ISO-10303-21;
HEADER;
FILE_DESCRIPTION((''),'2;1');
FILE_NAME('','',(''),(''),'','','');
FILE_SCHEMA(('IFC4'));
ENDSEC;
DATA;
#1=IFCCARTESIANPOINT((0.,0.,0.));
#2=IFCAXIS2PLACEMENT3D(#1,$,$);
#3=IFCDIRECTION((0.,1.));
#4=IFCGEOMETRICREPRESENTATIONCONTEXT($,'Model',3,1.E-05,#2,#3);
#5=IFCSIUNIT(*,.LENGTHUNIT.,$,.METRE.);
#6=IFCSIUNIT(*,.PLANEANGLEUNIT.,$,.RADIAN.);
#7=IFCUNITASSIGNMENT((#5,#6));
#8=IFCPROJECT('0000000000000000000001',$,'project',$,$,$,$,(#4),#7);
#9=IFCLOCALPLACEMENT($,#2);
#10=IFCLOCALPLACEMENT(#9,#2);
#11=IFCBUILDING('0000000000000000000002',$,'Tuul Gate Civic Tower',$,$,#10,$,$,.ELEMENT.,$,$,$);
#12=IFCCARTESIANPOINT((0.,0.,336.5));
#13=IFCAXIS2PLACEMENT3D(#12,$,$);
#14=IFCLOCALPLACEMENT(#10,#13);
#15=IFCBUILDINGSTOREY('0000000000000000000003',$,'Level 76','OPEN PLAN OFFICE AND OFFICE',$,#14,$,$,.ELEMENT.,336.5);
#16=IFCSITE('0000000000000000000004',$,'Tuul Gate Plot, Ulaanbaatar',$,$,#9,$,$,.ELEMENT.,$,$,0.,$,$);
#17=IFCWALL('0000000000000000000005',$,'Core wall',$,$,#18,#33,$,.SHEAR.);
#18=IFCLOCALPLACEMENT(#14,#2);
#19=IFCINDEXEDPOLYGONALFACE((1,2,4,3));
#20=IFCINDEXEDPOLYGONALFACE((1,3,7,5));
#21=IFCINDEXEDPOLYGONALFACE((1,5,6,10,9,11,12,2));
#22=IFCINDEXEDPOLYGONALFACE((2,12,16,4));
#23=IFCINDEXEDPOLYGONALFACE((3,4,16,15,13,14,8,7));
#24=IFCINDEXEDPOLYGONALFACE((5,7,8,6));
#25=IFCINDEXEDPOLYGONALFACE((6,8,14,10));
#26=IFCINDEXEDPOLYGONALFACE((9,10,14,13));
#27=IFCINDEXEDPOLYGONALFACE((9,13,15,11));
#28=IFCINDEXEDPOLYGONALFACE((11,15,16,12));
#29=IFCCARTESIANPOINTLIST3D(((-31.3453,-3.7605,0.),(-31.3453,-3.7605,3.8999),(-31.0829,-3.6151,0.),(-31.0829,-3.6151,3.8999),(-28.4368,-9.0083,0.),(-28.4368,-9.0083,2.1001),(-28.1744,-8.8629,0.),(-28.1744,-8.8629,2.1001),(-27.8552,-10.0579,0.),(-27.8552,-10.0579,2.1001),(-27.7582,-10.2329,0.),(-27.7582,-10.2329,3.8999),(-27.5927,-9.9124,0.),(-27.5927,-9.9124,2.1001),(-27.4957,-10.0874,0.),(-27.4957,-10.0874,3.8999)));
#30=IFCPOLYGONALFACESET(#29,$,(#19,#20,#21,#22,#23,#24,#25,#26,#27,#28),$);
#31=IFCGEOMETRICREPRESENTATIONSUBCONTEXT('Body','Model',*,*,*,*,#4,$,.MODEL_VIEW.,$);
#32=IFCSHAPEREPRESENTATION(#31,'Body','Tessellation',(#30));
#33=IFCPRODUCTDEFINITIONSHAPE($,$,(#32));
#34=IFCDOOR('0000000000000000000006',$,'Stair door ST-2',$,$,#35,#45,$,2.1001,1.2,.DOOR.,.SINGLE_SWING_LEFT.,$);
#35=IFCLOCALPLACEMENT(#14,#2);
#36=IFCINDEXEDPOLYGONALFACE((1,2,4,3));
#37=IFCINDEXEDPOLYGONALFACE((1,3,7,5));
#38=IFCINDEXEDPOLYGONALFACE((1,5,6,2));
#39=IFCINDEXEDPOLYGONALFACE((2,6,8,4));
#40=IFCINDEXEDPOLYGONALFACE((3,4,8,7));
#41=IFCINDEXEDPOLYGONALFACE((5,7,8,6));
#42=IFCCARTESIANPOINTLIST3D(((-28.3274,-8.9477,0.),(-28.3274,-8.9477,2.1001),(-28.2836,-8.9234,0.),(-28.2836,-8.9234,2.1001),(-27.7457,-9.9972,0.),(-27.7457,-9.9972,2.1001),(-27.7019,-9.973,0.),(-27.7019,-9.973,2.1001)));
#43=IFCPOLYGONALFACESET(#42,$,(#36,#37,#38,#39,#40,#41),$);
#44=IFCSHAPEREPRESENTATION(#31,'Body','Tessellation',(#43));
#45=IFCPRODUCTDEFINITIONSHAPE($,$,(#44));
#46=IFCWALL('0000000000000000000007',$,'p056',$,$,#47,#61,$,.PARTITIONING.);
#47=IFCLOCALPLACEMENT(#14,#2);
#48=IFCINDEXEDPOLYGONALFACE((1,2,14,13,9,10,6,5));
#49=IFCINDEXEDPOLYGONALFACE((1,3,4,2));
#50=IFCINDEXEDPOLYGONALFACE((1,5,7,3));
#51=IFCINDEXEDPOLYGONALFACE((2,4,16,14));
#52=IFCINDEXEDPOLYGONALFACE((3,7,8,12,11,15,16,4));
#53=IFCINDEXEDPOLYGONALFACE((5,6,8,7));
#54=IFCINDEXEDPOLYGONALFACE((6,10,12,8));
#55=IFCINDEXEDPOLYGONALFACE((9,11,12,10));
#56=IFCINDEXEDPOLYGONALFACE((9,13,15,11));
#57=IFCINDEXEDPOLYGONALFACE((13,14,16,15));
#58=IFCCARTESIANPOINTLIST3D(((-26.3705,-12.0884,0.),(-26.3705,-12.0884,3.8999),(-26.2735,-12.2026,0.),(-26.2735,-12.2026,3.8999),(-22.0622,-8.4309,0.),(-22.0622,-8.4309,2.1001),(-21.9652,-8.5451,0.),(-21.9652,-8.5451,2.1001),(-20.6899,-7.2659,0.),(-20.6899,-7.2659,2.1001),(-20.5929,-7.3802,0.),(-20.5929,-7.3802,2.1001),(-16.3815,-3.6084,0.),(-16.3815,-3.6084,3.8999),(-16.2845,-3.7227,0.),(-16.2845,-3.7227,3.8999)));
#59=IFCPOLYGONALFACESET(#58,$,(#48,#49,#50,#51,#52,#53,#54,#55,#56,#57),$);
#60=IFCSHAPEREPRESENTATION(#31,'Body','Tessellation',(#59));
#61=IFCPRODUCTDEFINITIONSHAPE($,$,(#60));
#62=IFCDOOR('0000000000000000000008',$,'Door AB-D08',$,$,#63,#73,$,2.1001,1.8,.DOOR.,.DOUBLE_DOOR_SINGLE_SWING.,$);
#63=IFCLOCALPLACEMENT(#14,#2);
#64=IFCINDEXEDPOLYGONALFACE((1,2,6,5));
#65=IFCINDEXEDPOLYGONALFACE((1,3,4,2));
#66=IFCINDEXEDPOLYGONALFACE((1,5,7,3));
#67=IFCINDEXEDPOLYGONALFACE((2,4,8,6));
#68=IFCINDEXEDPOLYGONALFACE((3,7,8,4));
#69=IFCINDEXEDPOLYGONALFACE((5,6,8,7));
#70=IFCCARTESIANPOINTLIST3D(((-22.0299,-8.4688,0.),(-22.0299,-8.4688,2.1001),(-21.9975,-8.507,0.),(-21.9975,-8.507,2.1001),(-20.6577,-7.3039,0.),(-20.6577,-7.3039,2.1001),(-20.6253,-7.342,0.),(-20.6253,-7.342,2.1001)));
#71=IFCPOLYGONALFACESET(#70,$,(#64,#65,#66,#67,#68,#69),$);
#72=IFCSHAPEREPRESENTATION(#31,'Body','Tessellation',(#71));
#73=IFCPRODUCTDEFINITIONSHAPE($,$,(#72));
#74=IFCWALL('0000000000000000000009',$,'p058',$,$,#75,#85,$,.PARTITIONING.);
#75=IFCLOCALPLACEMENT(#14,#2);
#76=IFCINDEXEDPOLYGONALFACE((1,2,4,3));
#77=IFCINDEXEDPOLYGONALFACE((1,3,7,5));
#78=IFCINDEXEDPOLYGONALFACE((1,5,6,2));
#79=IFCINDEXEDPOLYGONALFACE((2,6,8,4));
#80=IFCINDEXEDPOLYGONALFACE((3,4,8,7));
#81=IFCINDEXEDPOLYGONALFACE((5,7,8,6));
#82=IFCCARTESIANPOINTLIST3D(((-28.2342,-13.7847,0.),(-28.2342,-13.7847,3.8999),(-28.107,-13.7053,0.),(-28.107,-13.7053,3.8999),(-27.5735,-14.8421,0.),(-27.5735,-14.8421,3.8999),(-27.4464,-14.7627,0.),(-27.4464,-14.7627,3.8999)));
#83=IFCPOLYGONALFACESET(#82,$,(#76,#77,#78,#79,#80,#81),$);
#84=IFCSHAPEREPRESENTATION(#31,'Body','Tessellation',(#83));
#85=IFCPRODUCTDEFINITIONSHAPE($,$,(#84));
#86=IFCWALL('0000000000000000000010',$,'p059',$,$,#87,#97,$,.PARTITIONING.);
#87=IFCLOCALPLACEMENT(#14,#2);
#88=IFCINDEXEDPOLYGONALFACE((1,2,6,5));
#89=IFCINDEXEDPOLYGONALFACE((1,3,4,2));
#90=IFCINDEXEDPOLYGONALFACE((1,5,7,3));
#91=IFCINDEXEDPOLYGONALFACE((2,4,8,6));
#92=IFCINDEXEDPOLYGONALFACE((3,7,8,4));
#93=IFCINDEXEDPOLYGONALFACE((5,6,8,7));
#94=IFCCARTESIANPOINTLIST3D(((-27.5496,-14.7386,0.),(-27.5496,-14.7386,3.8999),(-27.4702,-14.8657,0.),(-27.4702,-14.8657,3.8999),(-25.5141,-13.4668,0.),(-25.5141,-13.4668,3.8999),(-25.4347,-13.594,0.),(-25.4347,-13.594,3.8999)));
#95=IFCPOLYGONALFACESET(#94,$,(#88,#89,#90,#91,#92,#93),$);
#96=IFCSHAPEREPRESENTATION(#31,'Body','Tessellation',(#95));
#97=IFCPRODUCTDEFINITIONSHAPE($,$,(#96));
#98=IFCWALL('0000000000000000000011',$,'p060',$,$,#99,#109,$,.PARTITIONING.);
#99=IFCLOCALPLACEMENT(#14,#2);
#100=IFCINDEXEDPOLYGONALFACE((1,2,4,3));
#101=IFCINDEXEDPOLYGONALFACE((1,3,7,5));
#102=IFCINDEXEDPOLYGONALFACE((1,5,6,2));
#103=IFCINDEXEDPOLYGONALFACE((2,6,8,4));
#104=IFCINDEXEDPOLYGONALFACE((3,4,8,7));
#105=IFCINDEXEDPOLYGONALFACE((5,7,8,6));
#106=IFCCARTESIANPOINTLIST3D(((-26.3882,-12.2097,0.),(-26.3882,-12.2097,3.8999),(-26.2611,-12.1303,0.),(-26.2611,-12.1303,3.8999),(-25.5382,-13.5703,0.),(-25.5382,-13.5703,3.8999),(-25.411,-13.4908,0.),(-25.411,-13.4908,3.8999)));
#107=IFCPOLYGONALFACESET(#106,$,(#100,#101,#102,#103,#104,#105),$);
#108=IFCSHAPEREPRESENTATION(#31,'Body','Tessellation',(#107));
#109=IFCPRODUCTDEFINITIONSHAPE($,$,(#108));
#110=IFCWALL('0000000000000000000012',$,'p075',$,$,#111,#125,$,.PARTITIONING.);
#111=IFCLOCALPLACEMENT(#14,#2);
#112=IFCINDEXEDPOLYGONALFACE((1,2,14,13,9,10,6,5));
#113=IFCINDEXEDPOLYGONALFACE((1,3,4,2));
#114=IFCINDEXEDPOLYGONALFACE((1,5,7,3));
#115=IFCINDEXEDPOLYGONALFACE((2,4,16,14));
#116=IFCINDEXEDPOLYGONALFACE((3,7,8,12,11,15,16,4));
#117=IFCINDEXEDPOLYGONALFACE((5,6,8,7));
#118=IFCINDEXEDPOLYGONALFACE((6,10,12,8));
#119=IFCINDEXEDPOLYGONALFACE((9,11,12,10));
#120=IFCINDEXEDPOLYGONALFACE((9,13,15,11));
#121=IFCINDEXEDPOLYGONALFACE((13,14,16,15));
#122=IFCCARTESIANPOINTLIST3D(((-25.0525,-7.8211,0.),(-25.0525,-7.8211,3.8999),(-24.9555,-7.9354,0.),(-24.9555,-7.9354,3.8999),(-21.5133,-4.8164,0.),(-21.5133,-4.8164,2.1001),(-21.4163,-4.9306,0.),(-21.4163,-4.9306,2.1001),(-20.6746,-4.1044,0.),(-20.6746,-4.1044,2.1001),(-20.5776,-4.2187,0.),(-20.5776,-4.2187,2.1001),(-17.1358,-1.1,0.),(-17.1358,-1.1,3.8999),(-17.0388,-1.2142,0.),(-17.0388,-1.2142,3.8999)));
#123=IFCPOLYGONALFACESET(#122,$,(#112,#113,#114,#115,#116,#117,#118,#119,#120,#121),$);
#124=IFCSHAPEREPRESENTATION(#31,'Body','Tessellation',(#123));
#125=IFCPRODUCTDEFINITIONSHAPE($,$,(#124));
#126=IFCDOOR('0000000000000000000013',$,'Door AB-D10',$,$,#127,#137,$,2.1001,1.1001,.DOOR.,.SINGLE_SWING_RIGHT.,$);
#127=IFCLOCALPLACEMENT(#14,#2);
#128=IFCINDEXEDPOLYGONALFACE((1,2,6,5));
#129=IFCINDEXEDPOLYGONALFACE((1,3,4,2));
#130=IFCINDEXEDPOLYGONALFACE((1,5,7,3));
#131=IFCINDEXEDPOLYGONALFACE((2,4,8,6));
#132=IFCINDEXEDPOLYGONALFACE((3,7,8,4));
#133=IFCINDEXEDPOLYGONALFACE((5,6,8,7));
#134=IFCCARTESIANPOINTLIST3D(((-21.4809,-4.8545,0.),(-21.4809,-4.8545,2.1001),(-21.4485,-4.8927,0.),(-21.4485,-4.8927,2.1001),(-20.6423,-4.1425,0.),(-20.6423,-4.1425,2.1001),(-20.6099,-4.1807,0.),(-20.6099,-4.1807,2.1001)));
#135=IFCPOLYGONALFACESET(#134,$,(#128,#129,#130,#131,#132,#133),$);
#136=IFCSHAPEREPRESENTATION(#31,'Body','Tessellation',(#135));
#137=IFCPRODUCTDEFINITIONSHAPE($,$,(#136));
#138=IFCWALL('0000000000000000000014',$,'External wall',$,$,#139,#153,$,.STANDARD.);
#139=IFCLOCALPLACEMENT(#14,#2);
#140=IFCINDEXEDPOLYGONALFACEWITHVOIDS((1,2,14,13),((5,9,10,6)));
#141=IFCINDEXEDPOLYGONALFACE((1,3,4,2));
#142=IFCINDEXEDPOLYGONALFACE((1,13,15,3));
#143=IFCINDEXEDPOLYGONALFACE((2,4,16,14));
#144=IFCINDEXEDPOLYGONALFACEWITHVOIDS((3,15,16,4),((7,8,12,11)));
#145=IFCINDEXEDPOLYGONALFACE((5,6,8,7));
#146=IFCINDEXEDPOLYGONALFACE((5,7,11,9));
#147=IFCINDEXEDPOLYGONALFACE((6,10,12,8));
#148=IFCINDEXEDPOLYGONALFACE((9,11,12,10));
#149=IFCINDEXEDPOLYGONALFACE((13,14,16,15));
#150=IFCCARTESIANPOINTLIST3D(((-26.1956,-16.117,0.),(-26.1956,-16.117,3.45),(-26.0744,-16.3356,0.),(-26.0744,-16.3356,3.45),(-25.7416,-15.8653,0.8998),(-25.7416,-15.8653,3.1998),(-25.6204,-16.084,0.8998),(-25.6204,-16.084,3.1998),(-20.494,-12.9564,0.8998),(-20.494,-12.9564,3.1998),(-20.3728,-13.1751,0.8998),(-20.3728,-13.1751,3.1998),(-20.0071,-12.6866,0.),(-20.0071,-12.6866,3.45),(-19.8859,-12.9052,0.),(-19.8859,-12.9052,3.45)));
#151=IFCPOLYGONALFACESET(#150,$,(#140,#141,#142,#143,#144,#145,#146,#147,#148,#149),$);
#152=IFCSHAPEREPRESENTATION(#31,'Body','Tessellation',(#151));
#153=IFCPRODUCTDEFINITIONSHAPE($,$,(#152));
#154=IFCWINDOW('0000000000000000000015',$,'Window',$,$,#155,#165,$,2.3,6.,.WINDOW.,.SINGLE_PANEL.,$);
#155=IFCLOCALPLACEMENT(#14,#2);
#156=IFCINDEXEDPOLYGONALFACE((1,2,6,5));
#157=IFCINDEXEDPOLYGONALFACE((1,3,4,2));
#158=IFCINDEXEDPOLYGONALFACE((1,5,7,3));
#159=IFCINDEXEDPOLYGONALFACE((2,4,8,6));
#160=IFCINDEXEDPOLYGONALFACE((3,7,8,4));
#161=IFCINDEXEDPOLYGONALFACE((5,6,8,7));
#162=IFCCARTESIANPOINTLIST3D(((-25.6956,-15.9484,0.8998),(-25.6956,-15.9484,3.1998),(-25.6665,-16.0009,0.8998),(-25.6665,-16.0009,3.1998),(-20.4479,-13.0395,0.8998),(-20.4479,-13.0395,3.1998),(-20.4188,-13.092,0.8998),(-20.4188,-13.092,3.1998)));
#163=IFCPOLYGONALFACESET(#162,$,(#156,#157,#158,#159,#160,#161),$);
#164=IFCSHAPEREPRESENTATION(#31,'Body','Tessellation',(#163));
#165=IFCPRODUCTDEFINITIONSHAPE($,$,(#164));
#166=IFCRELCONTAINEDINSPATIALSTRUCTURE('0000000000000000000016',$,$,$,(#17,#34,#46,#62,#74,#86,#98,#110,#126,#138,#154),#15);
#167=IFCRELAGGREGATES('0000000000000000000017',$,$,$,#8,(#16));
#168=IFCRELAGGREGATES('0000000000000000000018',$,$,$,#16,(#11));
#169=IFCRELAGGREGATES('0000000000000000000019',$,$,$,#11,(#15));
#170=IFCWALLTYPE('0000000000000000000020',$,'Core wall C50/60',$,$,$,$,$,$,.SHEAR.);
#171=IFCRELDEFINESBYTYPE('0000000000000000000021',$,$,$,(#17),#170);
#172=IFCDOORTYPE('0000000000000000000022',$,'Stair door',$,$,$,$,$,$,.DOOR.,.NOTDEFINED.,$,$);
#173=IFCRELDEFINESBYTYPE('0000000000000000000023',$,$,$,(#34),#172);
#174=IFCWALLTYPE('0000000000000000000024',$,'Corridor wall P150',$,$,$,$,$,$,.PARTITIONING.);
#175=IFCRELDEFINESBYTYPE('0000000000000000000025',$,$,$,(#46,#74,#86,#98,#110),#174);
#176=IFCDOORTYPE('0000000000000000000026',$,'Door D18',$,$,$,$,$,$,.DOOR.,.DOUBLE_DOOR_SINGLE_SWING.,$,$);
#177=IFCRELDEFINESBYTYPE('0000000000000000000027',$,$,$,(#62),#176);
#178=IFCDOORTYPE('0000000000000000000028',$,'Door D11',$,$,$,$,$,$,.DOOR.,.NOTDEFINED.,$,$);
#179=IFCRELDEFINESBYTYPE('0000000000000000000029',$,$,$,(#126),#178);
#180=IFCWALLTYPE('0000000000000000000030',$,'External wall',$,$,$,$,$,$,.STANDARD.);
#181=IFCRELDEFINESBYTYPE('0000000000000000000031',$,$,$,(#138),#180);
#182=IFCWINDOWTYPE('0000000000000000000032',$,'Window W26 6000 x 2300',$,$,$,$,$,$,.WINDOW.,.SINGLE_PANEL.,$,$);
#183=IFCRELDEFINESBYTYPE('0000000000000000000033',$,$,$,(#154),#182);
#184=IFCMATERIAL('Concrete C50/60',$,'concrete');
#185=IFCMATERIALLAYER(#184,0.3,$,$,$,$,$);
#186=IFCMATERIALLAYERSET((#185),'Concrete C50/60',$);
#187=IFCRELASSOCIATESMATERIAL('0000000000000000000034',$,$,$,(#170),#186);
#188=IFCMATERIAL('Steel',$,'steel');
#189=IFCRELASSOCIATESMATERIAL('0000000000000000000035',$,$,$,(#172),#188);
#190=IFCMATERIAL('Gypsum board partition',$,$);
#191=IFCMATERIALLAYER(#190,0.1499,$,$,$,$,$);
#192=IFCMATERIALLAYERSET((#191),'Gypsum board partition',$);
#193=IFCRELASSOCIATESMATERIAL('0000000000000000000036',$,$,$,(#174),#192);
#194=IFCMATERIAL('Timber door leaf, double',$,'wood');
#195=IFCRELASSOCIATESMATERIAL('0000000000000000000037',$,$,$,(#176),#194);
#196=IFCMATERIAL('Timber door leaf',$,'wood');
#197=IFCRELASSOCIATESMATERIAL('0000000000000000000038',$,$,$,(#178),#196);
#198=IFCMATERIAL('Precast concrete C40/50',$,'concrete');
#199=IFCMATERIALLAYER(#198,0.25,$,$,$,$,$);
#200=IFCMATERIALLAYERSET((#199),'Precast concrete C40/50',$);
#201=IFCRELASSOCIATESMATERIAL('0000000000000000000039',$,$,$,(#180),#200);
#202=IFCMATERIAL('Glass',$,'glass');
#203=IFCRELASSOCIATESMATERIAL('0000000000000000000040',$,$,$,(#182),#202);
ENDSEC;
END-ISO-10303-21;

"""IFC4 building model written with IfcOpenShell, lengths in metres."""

from ifc_helpers import new_model, si_unit, direction, frame, frame_2d, origin, place, context, subcontext, project, spatial, rectangle, extrude, material, layer, layer_set, type_object, element, fill, save


model = new_model("IFC4")

# Units and contexts
model_context = context("Model", 3, precision=1e-05, world=origin(), true_north=direction((0.0, 1.0)))
body_context = subcontext(model_context, "Body", "Model", "MODEL_VIEW")
ifc_project = project(units=[si_unit("LENGTHUNIT", "METRE"), si_unit("PLANEANGLEUNIT", "RADIAN")], contexts=[model_context])

# Site, building, storey
site_placement = place(None, origin())
site = spatial("IfcSite", under=ifc_project, at=site_placement, Name="Tuul Gate Plot, Ulaanbaatar", CompositionType="ELEMENT", RefElevation=0.0)
building_placement = place(site_placement, origin())
building = spatial("IfcBuilding", under=site, at=building_placement, Name="Tuul Gate Civic Tower", CompositionType="ELEMENT")
storey_placement = place(building_placement, frame((0.0, 0.0, 336.5)))
storey = spatial("IfcBuildingStorey", under=building, at=storey_placement, Name="Level 76", Description="OPEN PLAN OFFICE AND OFFICE", CompositionType="ELEMENT", Elevation=336.5)

# Shared definitions
ifc_material_1 = material(Name="Concrete C50/60", Category="concrete")
ifc_layer_1 = layer(ifc_material_1, 0.3)
ifc_layer_set_1 = layer_set([ifc_layer_1], Name="Concrete C50/60")
wall_type_1 = type_object("IfcWallType", Name="Core wall C50/60", PredefinedType="SHEAR", material=ifc_layer_set_1)

# Walls, openings, doors
wall_1_placement = place(storey_placement, frame((-27.627, -10.1602, 0.0), z_axis=(0.0, 0.0, 1.0), x_axis=(-0.484752, 0.874652, 0.0)))
wall_1 = element("IfcWall", 1, at=wall_1_placement, inside=storey, type_object=wall_type_1, Name="Core wall", PredefinedType="SHEAR", context=body_context, shape_type="SweptSolid", body=[
    extrude(rectangle(XDim=7.3999, YDim=0.3, at=frame_2d((3.7, 0.0))), origin(), (0.0, 0.0, 1.0), 3.8999),
])
opening_1_placement = place(wall_1_placement, frame((0.2, 0.0, 0.0)))
opening_1 = element("IfcOpeningElement", 2, at=opening_1_placement, cuts=wall_1, PredefinedType="OPENING", context=body_context, shape_type="SweptSolid", body=[
    extrude(rectangle(XDim=1.2, YDim=2.1001, at=frame_2d((0.6001, 1.05))), frame((0.0, 0.1602, 0.0), z_axis=(0.0, -1.0, 0.0), x_axis=(1.0, 0.0, 0.0)), (0.0, 0.0, 1.0), 0.3201),
])
ifc_material_2 = material(Name="Steel", Category="steel")
door_type_1 = type_object("IfcDoorType", Name="Stair door", OperationType="NOTDEFINED", PredefinedType="DOOR", material=ifc_material_2)
door_1_placement = place(opening_1_placement, origin())
door_1 = element("IfcDoor", 3, at=door_1_placement, inside=storey, type_object=door_type_1, Name="Stair door ST-2", OperationType="SINGLE_SWING_LEFT", OverallHeight=2.1001, OverallWidth=1.2, PredefinedType="DOOR", context=body_context, shape_type="SweptSolid", body=[
    extrude(rectangle(XDim=1.2, YDim=2.1001, at=frame_2d((0.6001, 1.05))), frame((0.0, 0.0249, 0.0), z_axis=(0.0, -1.0, 0.0), x_axis=(1.0, 0.0, 0.0)), (0.0, 0.0, 1.0), 0.05),
])
fill(opening_1, door_1)
ifc_material_3 = material(Name="Gypsum board partition")
ifc_layer_2 = layer(ifc_material_3, 0.1499)
ifc_layer_set_2 = layer_set([ifc_layer_2], Name="Gypsum board partition")
wall_type_2 = type_object("IfcWallType", Name="Corridor wall P150", PredefinedType="PARTITIONING", material=ifc_layer_set_2)
wall_2_placement = place(storey_placement, frame((-26.322, -12.1455, 0.0), z_axis=(0.0, 0.0, 1.0), x_axis=(0.762341, 0.647175, 0.0)))
wall_2 = element("IfcWall", 4, at=wall_2_placement, inside=storey, type_object=wall_type_2, Name="p056", PredefinedType="PARTITIONING", context=body_context, shape_type="SweptSolid", body=[
    extrude(rectangle(XDim=13.103, YDim=0.1499, at=frame_2d((6.5515, 0.0))), origin(), (0.0, 0.0, 1.0), 3.8999),
])
opening_2_placement = place(wall_2_placement, frame((5.6516, 0.0, 0.0)))
opening_2 = element("IfcOpeningElement", 5, at=opening_2_placement, cuts=wall_2, PredefinedType="OPENING", context=body_context, shape_type="SweptSolid", body=[
    extrude(rectangle(XDim=1.8, YDim=2.1001, at=frame_2d((0.8999, 1.05))), frame((0.0, 0.085, 0.0), z_axis=(0.0, -1.0, 0.0), x_axis=(1.0, 0.0, 0.0)), (0.0, 0.0, 1.0), 0.1699),
])
ifc_material_4 = material(Name="Timber door leaf, double", Category="wood")
door_type_2 = type_object("IfcDoorType", Name="Door D18", OperationType="DOUBLE_DOOR_SINGLE_SWING", PredefinedType="DOOR", material=ifc_material_4)
door_2_placement = place(opening_2_placement, frame((1.8, 0.0, 0.0), z_axis=(0.0, 0.0, 1.0), x_axis=(-1.0, 0.0, 0.0)))
door_2 = element("IfcDoor", 6, at=door_2_placement, inside=storey, type_object=door_type_2, Name="Door AB-D08", OperationType="DOUBLE_DOOR_SINGLE_SWING", OverallHeight=2.1001, OverallWidth=1.8, PredefinedType="DOOR", context=body_context, shape_type="SweptSolid", body=[
    extrude(rectangle(XDim=1.8, YDim=2.1001, at=frame_2d((0.9001, 1.05))), frame((0.0, 0.0249, 0.0), z_axis=(0.0, -1.0, 0.0), x_axis=(1.0, 0.0, 0.0)), (0.0, 0.0, 1.0), 0.05),
])
fill(opening_2, door_2)

# Walls
wall_3_placement = place(storey_placement, frame((-28.1707, -13.7449, 0.0), z_axis=(0.0, 0.0, 1.0), x_axis=(0.529876, -0.848075, 0.0)))
element("IfcWall", 7, at=wall_3_placement, inside=storey, type_object=wall_type_2, Name="p058", PredefinedType="PARTITIONING", context=body_context, shape_type="SweptSolid", body=[
    extrude(rectangle(XDim=1.2468, YDim=0.1499, at=frame_2d((0.6235, 0.0))), origin(), (0.0, 0.0, 1.0), 3.8999),
])
wall_4_placement = place(storey_placement, frame((-27.51, -14.8022, 0.0), z_axis=(0.0, 0.0, 1.0), x_axis=(0.848073, 0.52988, 0.0)))
element("IfcWall", 8, at=wall_4_placement, inside=storey, type_object=wall_type_2, Name="p059", PredefinedType="PARTITIONING", context=body_context, shape_type="SweptSolid", body=[
    extrude(rectangle(XDim=2.4001, YDim=0.1499, at=frame_2d((1.2002, 0.0))), origin(), (0.0, 0.0, 1.0), 3.8999),
])
wall_5_placement = place(storey_placement, frame((-26.3247, -12.1699, 0.0), z_axis=(0.0, 0.0, 1.0), x_axis=(0.529876, -0.848075, 0.0)))
element("IfcWall", 9, at=wall_5_placement, inside=storey, type_object=wall_type_2, Name="p060", PredefinedType="PARTITIONING", context=body_context, shape_type="SweptSolid", body=[
    extrude(rectangle(XDim=1.6042, YDim=0.1499, at=frame_2d((0.8022, 0.0))), origin(), (0.0, 0.0, 1.0), 3.8999),
])

# Wall, opening, door
wall_6_placement = place(storey_placement, frame((-25.0039, -7.8782, 0.0), z_axis=(0.0, 0.0, 1.0), x_axis=(0.762321, 0.647199, 0.0)))
wall_6 = element("IfcWall", 10, at=wall_6_placement, inside=storey, type_object=wall_type_2, Name="p075", PredefinedType="PARTITIONING", context=body_context, shape_type="SweptSolid", body=[
    extrude(rectangle(XDim=10.385, YDim=0.1499, at=frame_2d((5.1924, 0.0))), origin(), (0.0, 0.0, 1.0), 3.8999),
])
opening_3_placement = place(wall_6_placement, frame((4.6426, 0.0, 0.0)))
opening_3 = element("IfcOpeningElement", 11, at=opening_3_placement, cuts=wall_6, PredefinedType="OPENING", context=body_context, shape_type="SweptSolid", body=[
    extrude(rectangle(XDim=1.1001, YDim=2.1001, at=frame_2d((0.55, 1.05))), frame((0.0, 0.085, 0.0), z_axis=(0.0, -1.0, 0.0), x_axis=(1.0, 0.0, 0.0)), (0.0, 0.0, 1.0), 0.1699),
])
ifc_material_5 = material(Name="Timber door leaf", Category="wood")
door_type_3 = type_object("IfcDoorType", Name="Door D11", OperationType="NOTDEFINED", PredefinedType="DOOR", material=ifc_material_5)
door_3_placement = place(opening_3_placement, origin())
door_3 = element("IfcDoor", 12, at=door_3_placement, inside=storey, type_object=door_type_3, Name="Door AB-D10", OperationType="SINGLE_SWING_RIGHT", OverallHeight=2.1001, OverallWidth=1.1001, PredefinedType="DOOR", context=body_context, shape_type="SweptSolid", body=[
    extrude(rectangle(XDim=1.1001, YDim=2.1001, at=frame_2d((0.55, 1.05))), frame((0.0, 0.0249, 0.0), z_axis=(0.0, -1.0, 0.0), x_axis=(1.0, 0.0, 0.0)), (0.0, 0.0, 1.0), 0.05),
])
fill(opening_3, door_3)

# Wall, opening, window
ifc_material_6 = material(Name="Precast concrete C40/50", Category="concrete")
ifc_layer_3 = layer(ifc_material_6, 0.25)
ifc_layer_set_3 = layer_set([ifc_layer_3], Name="Precast concrete C40/50")
wall_type_3 = type_object("IfcWallType", Name="External wall", PredefinedType="STANDARD", material=ifc_layer_set_3)
wall_7_placement = place(storey_placement, frame((-26.135, -16.2263, 0.0), z_axis=(0.0, 0.0, 1.0), x_axis=(0.874614, 0.484819, 0.0)))
wall_7 = element("IfcWall", 13, at=wall_7_placement, inside=storey, type_object=wall_type_3, Name="External wall", PredefinedType="STANDARD", context=body_context, shape_type="SweptSolid", body=[
    extrude(rectangle(XDim=7.0757, YDim=0.25, at=frame_2d((3.5378, 0.0))), origin(), (0.0, 0.0, 1.0), 3.45),
])
opening_4_placement = place(wall_7_placement, frame((0.519, 0.0, 0.8999)))
opening_4 = element("IfcOpeningElement", 14, at=opening_4_placement, cuts=wall_7, PredefinedType="OPENING", context=body_context, shape_type="SweptSolid", body=[
    extrude(rectangle(XDim=6.0, YDim=2.3, at=frame_2d((3.0, 1.1499))), frame((0.0, 0.135, 0.0), z_axis=(0.0, -1.0, 0.0), x_axis=(1.0, 0.0, 0.0)), (0.0, 0.0, 1.0), 0.27),
])
ifc_material_7 = material(Name="Glass", Category="glass")
window_type = type_object("IfcWindowType", Name="Window W26 6000 x 2300", PartitioningType="SINGLE_PANEL", PredefinedType="WINDOW", material=ifc_material_7)
window_placement = place(opening_4_placement, origin())
window = element("IfcWindow", 15, at=window_placement, inside=storey, type_object=window_type, Name="Window", OverallHeight=2.3, OverallWidth=6.0, PartitioningType="SINGLE_PANEL", PredefinedType="WINDOW", context=body_context, shape_type="SweptSolid", body=[
    extrude(rectangle(XDim=6.0, YDim=2.3, at=frame_2d((3.0, 1.1499))), frame((0.0, 0.03, 0.0), z_axis=(0.0, -1.0, 0.0), x_axis=(1.0, 0.0, 0.0)), (0.0, 0.0, 1.0), 0.0601),
])
fill(opening_4, window)

save(model, "model.ifc")
